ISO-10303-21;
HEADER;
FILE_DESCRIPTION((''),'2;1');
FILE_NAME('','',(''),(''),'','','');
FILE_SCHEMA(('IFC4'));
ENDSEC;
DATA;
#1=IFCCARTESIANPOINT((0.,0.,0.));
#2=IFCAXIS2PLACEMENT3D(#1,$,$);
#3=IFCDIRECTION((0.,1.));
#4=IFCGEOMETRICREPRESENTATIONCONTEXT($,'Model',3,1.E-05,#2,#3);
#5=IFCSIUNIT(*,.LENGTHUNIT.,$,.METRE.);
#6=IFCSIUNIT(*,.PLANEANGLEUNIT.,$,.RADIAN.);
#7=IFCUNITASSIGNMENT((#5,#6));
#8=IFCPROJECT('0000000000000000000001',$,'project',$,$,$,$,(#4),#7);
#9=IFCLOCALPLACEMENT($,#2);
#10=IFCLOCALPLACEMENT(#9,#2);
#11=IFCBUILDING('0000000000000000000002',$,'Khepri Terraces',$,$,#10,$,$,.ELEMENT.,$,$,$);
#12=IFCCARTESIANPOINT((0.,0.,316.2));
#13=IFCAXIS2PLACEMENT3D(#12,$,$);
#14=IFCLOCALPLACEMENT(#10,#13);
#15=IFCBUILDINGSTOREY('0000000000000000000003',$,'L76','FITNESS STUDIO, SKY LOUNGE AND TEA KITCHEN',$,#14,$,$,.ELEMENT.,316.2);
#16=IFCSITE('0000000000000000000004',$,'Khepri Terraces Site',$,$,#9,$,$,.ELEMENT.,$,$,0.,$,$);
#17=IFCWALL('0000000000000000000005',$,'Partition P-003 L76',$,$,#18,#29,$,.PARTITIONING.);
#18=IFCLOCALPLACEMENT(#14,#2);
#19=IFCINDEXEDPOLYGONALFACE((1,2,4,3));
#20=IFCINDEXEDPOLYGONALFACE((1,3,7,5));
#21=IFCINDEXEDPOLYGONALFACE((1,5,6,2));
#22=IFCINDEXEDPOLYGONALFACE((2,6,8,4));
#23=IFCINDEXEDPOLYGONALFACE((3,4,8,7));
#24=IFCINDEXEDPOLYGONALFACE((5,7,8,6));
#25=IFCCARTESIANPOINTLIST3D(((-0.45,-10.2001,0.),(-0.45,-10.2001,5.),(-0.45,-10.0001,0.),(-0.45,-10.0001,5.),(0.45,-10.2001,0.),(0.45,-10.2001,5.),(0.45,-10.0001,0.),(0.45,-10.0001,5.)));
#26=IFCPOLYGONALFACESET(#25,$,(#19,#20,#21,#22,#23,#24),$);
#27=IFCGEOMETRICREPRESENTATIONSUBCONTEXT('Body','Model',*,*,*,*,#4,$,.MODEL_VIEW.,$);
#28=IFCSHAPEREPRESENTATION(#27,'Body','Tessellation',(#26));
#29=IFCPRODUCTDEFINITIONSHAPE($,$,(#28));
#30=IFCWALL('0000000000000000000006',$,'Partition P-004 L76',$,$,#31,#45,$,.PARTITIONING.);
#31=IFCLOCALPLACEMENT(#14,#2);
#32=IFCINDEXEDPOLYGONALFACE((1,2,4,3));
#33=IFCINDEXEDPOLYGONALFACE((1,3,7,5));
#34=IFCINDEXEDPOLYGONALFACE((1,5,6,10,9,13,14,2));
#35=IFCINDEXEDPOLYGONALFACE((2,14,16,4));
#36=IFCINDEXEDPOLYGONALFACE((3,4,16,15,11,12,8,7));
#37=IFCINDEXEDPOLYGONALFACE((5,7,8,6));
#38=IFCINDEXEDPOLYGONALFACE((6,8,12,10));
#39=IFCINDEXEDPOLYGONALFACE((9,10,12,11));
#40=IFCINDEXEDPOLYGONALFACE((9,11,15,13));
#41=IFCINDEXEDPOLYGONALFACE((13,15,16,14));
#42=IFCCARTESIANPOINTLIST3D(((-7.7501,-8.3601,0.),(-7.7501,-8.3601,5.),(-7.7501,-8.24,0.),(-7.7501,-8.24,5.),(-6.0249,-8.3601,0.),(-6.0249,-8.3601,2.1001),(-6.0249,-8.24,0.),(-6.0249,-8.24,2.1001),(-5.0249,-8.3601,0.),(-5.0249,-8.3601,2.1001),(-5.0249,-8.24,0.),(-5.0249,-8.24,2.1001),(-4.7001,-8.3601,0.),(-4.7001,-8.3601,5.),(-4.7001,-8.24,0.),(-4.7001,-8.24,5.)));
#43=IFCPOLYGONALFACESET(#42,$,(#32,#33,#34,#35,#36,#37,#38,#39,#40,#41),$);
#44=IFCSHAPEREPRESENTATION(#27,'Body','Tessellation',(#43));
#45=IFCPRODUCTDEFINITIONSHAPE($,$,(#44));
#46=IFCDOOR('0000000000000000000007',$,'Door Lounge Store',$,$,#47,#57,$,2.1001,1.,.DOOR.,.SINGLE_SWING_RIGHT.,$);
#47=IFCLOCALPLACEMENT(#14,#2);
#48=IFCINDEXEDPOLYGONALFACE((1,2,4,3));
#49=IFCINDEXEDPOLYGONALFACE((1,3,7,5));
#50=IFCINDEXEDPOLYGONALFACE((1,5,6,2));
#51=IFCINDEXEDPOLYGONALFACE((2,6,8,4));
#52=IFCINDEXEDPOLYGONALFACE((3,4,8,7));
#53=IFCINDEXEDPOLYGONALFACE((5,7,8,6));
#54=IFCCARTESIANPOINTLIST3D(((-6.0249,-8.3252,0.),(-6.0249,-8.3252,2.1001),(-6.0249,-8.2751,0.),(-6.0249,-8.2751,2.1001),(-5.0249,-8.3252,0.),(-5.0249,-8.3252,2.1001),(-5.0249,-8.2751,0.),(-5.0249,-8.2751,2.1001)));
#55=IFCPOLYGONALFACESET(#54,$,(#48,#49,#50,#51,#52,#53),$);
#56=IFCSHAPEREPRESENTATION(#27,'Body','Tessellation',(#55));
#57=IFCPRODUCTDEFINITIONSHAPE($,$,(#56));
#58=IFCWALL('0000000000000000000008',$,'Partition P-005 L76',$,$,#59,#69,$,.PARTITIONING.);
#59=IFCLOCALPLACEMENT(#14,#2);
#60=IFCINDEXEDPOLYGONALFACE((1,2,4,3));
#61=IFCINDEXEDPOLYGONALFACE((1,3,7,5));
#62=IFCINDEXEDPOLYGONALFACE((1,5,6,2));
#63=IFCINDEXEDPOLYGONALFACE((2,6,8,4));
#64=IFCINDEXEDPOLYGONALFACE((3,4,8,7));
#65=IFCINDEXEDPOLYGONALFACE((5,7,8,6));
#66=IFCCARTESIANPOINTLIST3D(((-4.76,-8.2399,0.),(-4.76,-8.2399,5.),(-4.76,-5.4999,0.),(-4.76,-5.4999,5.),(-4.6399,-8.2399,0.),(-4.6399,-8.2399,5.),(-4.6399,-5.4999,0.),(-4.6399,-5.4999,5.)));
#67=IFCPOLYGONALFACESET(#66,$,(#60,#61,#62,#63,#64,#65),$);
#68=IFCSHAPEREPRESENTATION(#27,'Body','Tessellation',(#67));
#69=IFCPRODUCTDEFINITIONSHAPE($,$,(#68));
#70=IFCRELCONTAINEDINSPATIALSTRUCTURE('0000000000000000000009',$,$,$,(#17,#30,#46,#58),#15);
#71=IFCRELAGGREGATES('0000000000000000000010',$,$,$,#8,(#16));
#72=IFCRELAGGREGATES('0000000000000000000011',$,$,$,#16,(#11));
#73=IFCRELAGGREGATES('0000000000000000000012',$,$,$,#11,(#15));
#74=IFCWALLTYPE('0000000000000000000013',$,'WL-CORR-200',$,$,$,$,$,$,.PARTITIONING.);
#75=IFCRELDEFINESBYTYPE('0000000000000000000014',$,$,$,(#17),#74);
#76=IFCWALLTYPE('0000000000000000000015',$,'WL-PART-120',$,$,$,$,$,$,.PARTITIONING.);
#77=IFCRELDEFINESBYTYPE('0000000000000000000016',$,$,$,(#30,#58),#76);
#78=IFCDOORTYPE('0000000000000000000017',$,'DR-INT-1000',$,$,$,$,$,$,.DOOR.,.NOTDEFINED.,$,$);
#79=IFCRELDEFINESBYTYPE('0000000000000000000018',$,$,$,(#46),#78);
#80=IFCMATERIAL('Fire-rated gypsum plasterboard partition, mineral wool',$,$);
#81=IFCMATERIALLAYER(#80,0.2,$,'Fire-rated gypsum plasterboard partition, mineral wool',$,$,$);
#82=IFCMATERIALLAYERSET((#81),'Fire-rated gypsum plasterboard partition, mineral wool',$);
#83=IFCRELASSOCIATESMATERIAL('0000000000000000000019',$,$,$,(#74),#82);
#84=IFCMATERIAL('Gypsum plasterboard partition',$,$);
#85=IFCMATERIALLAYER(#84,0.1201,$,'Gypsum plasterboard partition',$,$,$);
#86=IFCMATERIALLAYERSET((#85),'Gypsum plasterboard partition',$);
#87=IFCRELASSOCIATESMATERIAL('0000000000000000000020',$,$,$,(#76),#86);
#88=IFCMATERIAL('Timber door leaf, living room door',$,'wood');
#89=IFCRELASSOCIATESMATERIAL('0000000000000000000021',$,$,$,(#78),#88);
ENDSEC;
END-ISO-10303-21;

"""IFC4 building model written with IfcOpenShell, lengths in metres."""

from ifc_helpers import new_model, si_unit, direction, frame, frame_2d, origin, place, context, subcontext, project, spatial, rectangle, extrude, material, layer, layer_set, type_object, element, fill, save


model = new_model("IFC4")

# Units and contexts
model_context = context("Model", 3, precision=1e-05, world=origin(), true_north=direction((0.0, 1.0)))
body_context = subcontext(model_context, "Body", "Model", "MODEL_VIEW")
ifc_project = project(units=[si_unit("LENGTHUNIT", "METRE"), si_unit("PLANEANGLEUNIT", "RADIAN")], contexts=[model_context])

# Site, building, storey
site_placement = place(None, origin())
site = spatial("IfcSite", under=ifc_project, at=site_placement, Name="Khepri Terraces Site", CompositionType="ELEMENT", RefElevation=0.0)
building_placement = place(site_placement, origin())
building = spatial("IfcBuilding", under=site, at=building_placement, Name="Khepri Terraces", CompositionType="ELEMENT")
storey_placement = place(building_placement, frame((0.0, 0.0, 316.2)))
storey = spatial("IfcBuildingStorey", under=building, at=storey_placement, Name="L76", Description="FITNESS STUDIO, SKY LOUNGE AND TEA KITCHEN", CompositionType="ELEMENT", Elevation=316.2)

# Wall
ifc_material_1 = material(Name="Fire-rated gypsum plasterboard partition, mineral wool")
ifc_layer_1 = layer(ifc_material_1, 0.2, Name="Fire-rated gypsum plasterboard partition, mineral wool")
ifc_layer_set_1 = layer_set([ifc_layer_1], Name="Fire-rated gypsum plasterboard partition, mineral wool")
wall_type_1 = type_object("IfcWallType", Name="WL-CORR-200", PredefinedType="PARTITIONING", material=ifc_layer_set_1)
wall_1_placement = place(storey_placement, frame((-0.45, -10.1001, 0.0), z_axis=(0.0, 0.0, 1.0), x_axis=(1.0, 0.0, 0.0)))
element("IfcWall", 1, at=wall_1_placement, inside=storey, type_object=wall_type_1, Name="Partition P-003 L76", PredefinedType="PARTITIONING", context=body_context, shape_type="SweptSolid", body=[
    extrude(rectangle(XDim=0.8999, YDim=0.2, at=frame_2d((0.45, 0.0))), origin(), (0.0, 0.0, 1.0), 5.0),
])

# Wall, opening, door
ifc_material_2 = material(Name="Gypsum plasterboard partition")
ifc_layer_2 = layer(ifc_material_2, 0.1201, Name="Gypsum plasterboard partition")
ifc_layer_set_2 = layer_set([ifc_layer_2], Name="Gypsum plasterboard partition")
wall_type_2 = type_object("IfcWallType", Name="WL-PART-120", PredefinedType="PARTITIONING", material=ifc_layer_set_2)
wall_2_placement = place(storey_placement, frame((-7.75, -8.3, 0.0), z_axis=(0.0, 0.0, 1.0), x_axis=(1.0, 0.0, 0.0)))
wall_2 = element("IfcWall", 2, at=wall_2_placement, inside=storey, type_object=wall_type_2, Name="Partition P-004 L76", PredefinedType="PARTITIONING", context=body_context, shape_type="SweptSolid", body=[
    extrude(rectangle(XDim=3.05, YDim=0.1201, at=frame_2d((1.5249, 0.0))), origin(), (0.0, 0.0, 1.0), 5.0),
])
opening_1_placement = place(wall_2_placement, frame((1.7251, 0.0, 0.0)))
opening_1 = element("IfcOpeningElement", 3, at=opening_1_placement, cuts=wall_2, PredefinedType="OPENING", context=body_context, shape_type="SweptSolid", body=[
    extrude(rectangle(XDim=1.0, YDim=2.1001, at=frame_2d((0.5, 1.05))), frame((0.0, 0.0701, 0.0), z_axis=(0.0, -1.0, 0.0), x_axis=(1.0, 0.0, 0.0)), (0.0, 0.0, 1.0), 0.1401),
])
ifc_material_3 = material(Name="Timber door leaf, living room door", Category="wood")
door_type_1 = type_object("IfcDoorType", Name="DR-INT-1000", OperationType="NOTDEFINED", PredefinedType="DOOR", material=ifc_material_3)
door_1_placement = place(opening_1_placement, origin())
door_1 = element("IfcDoor", 4, at=door_1_placement, inside=storey, type_object=door_type_1, Name="Door Lounge Store", OperationType="SINGLE_SWING_RIGHT", OverallHeight=2.1001, OverallWidth=1.0, PredefinedType="DOOR", context=body_context, shape_type="SweptSolid", body=[
    extrude(rectangle(XDim=1.0, YDim=2.1001, at=frame_2d((0.5, 1.05))), frame((0.0, 0.0249, 0.0), z_axis=(0.0, -1.0, 0.0), x_axis=(1.0, 0.0, 0.0)), (0.0, 0.0, 1.0), 0.05),
])
fill(opening_1, door_1)

# Wall
wall_3_placement = place(storey_placement, frame((-4.7, -8.24, 0.0), z_axis=(0.0, 0.0, 1.0), x_axis=(0.0, 1.0, 0.0)))
element("IfcWall", 5, at=wall_3_placement, inside=storey, type_object=wall_type_2, Name="Partition P-005 L76", PredefinedType="PARTITIONING", context=body_context, shape_type="SweptSolid", body=[
    extrude(rectangle(XDim=2.74, YDim=0.1201, at=frame_2d((1.3701, 0.0))), origin(), (0.0, 0.0, 1.0), 5.0),
])

save(model, "model.ifc")
